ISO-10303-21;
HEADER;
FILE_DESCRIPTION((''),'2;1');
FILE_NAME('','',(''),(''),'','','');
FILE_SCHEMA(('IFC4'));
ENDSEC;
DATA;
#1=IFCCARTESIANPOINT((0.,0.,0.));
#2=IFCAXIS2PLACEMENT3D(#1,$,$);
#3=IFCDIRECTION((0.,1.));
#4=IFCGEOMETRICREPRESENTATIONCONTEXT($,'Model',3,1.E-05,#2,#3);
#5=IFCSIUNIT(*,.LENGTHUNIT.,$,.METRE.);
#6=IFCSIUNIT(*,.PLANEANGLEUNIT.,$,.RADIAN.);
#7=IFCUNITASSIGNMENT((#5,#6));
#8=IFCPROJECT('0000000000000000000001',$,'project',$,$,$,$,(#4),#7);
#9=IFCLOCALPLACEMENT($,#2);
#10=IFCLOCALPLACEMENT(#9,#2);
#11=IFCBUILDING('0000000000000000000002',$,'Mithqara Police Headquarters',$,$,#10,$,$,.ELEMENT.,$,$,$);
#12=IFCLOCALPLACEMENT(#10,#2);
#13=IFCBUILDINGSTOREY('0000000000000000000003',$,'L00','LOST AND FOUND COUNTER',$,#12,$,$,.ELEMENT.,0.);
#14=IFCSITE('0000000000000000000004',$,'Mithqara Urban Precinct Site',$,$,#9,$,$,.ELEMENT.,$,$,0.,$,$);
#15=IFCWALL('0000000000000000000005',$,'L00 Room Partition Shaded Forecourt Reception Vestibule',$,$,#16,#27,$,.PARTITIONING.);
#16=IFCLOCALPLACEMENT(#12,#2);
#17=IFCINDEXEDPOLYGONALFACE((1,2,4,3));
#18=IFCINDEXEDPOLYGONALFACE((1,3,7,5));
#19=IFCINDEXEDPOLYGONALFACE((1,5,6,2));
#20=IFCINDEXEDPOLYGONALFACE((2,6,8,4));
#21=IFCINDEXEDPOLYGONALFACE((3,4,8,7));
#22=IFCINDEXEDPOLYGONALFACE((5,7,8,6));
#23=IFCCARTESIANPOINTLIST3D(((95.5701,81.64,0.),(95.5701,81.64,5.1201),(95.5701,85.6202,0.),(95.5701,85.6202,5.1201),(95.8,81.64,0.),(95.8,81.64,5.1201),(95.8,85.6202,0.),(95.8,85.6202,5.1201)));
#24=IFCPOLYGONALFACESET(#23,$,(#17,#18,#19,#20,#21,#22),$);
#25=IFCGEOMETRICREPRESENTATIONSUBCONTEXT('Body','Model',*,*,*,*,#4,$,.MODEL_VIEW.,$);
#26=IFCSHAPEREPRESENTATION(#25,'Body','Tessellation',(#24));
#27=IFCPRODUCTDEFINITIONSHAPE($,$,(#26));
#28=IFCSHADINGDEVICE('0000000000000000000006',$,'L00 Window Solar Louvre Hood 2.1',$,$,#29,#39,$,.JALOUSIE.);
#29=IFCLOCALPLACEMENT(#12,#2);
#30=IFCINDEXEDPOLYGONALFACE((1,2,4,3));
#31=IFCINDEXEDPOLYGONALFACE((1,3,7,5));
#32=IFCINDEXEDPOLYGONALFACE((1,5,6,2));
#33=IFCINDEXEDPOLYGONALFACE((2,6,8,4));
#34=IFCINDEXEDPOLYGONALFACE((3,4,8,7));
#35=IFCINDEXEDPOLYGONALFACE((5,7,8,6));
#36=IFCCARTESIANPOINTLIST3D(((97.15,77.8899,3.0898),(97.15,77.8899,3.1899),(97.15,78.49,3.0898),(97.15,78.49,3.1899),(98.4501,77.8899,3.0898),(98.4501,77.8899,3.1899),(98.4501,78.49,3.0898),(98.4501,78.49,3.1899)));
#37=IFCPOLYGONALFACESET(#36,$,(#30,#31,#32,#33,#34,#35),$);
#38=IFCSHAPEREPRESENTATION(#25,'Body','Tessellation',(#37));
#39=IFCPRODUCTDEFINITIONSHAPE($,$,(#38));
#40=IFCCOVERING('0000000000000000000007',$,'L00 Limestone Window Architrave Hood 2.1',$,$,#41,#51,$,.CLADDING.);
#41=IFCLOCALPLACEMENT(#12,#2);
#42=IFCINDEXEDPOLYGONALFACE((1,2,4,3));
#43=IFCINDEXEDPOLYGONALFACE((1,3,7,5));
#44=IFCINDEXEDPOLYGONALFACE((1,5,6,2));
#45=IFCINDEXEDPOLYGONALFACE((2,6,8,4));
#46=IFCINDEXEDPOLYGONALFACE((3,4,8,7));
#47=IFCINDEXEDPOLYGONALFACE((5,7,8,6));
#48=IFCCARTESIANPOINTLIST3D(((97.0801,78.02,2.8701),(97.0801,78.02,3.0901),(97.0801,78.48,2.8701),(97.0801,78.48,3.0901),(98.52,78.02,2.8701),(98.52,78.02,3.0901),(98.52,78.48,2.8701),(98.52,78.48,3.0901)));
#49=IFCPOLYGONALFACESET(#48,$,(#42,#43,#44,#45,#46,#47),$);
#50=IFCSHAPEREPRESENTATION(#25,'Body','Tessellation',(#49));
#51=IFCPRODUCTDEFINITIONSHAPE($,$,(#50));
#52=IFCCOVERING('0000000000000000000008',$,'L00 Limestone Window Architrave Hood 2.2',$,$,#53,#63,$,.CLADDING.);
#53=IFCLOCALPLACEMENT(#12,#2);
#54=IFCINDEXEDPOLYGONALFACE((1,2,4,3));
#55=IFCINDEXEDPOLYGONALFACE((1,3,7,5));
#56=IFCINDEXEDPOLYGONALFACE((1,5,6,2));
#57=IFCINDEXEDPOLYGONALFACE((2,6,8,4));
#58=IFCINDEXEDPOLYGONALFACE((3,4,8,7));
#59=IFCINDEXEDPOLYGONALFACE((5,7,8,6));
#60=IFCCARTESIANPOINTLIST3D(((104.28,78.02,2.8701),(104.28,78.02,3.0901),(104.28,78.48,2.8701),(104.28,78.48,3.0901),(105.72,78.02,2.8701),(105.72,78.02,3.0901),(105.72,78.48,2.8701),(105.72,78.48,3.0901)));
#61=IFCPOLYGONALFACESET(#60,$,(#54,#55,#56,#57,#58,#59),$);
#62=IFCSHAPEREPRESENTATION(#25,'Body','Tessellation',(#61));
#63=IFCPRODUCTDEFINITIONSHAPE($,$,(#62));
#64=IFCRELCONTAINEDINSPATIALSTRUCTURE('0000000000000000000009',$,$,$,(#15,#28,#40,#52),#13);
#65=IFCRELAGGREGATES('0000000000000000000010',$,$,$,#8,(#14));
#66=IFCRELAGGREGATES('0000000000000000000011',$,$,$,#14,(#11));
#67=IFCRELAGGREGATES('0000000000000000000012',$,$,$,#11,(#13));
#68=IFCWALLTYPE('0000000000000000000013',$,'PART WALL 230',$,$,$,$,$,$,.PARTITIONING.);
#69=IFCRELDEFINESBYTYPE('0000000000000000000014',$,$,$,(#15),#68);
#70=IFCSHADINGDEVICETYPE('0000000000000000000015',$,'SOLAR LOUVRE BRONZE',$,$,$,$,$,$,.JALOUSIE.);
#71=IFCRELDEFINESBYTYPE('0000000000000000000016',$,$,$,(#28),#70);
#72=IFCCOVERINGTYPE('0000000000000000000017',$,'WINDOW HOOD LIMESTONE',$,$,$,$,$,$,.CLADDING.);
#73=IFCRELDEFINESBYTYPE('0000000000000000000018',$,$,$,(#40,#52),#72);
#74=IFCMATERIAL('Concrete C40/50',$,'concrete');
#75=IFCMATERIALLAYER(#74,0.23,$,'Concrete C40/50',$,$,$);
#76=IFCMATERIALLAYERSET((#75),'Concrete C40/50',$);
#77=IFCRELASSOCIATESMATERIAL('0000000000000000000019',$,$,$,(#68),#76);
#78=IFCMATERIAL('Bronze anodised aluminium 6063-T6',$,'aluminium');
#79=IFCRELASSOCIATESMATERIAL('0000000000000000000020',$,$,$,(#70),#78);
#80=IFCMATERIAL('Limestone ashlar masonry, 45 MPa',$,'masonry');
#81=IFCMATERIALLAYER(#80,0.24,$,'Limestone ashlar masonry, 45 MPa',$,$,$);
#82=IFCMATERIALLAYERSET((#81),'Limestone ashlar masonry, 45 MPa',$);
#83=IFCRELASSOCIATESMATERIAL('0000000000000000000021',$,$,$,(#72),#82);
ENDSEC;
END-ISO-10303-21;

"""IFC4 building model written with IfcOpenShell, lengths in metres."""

from ifc_helpers import new_model, si_unit, direction, frame, frame_2d, origin, origin_2d, place, context, subcontext, project, spatial, rectangle, extrude, material, layer, layer_set, type_object, element, save


model = new_model("IFC4")

# Units and contexts
model_context = context("Model", 3, precision=1e-05, world=origin(), true_north=direction((0.0, 1.0)))
body_context = subcontext(model_context, "Body", "Model", "MODEL_VIEW")
ifc_project = project(units=[si_unit("LENGTHUNIT", "METRE"), si_unit("PLANEANGLEUNIT", "RADIAN")], contexts=[model_context])

# Site, building, storey
site_placement = place(None, origin())
site = spatial("IfcSite", under=ifc_project, at=site_placement, Name="Mithqara Urban Precinct Site", CompositionType="ELEMENT", RefElevation=0.0)
building_placement = place(site_placement, origin())
building = spatial("IfcBuilding", under=site, at=building_placement, Name="Mithqara Police Headquarters", CompositionType="ELEMENT")
storey_placement = place(building_placement, origin())
storey = spatial("IfcBuildingStorey", under=building, at=storey_placement, Name="L00", Description="LOST AND FOUND COUNTER", CompositionType="ELEMENT", Elevation=0.0)

# Shared definitions
ifc_material_1 = material(Name="Concrete C40/50", Category="concrete")

# Shared definitions
ifc_material_2 = material(Name="Limestone ashlar masonry, 45 MPa", Category="masonry")

# Wall
ifc_layer_1 = layer(ifc_material_1, 0.23, Name="Concrete C40/50")
ifc_layer_set_1 = layer_set([ifc_layer_1], Name="Concrete C40/50")
wall_type_1 = type_object("IfcWallType", Name="PART WALL 230", PredefinedType="PARTITIONING", material=ifc_layer_set_1)
wall_1_placement = place(storey_placement, frame((95.6851, 81.6399, 0.0), z_axis=(0.0, 0.0, 1.0), x_axis=(0.0, 1.0, 0.0)))
element("IfcWall", 1, at=wall_1_placement, inside=storey, type_object=wall_type_1, Name="L00 Room Partition Shaded Forecourt Reception Vestibule", PredefinedType="PARTITIONING", context=body_context, shape_type="SweptSolid", body=[
    extrude(rectangle(XDim=3.9802, YDim=0.23, at=frame_2d((1.9902, 0.0))), origin(), (0.0, 0.0, 1.0), 5.1201),
])

# Shading device
ifc_material_3 = material(Name="Bronze anodised aluminium 6063-T6", Category="aluminium")
shading_device_type = type_object("IfcShadingDeviceType", Name="SOLAR LOUVRE BRONZE", PredefinedType="JALOUSIE", material=ifc_material_3)
shading_device_placement = place(storey_placement, frame((97.8, 78.1899, 3.0898), z_axis=(0.0, 0.0, 1.0), x_axis=(1.0, 0.0, 0.0)))
element("IfcShadingDevice", 2, at=shading_device_placement, inside=storey, type_object=shading_device_type, Name="L00 Window Solar Louvre Hood 2.1", PredefinedType="JALOUSIE", context=body_context, shape_type="SweptSolid", body=[
    extrude(rectangle(XDim=1.3, YDim=0.6001, at=origin_2d()), origin(), (0.0, 0.0, 1.0), 0.1001),
])

# Coverings
ifc_layer_2 = layer(ifc_material_2, 0.24, Name="Limestone ashlar masonry, 45 MPa")
ifc_layer_set_2 = layer_set([ifc_layer_2], Name="Limestone ashlar masonry, 45 MPa")
covering_type = type_object("IfcCoveringType", Name="WINDOW HOOD LIMESTONE", PredefinedType="CLADDING", material=ifc_layer_set_2)
for number, where, z_axis, x_axis, name in (
    (3, (97.8, 78.25, 2.8701), (0.0, 0.0, 1.0), (1.0, 0.0, 0.0), "L00 Limestone Window Architrave Hood 2.1"),
    (4, (105.0, 78.25, 2.8701), (0.0, 0.0, 1.0), (1.0, 0.0, 0.0), "L00 Limestone Window Architrave Hood 2.2"),
):
    element("IfcCovering", number, at=place(storey_placement, frame(where, z_axis=z_axis, x_axis=x_axis)), inside=storey, type_object=covering_type, Name=name, PredefinedType="CLADDING", context=body_context, shape_type="SweptSolid", body=[
        extrude(rectangle(XDim=1.4399, YDim=0.46, at=origin_2d()), origin(), (0.0, 0.0, 1.0), 0.22),
    ])

save(model, "model.ifc")
